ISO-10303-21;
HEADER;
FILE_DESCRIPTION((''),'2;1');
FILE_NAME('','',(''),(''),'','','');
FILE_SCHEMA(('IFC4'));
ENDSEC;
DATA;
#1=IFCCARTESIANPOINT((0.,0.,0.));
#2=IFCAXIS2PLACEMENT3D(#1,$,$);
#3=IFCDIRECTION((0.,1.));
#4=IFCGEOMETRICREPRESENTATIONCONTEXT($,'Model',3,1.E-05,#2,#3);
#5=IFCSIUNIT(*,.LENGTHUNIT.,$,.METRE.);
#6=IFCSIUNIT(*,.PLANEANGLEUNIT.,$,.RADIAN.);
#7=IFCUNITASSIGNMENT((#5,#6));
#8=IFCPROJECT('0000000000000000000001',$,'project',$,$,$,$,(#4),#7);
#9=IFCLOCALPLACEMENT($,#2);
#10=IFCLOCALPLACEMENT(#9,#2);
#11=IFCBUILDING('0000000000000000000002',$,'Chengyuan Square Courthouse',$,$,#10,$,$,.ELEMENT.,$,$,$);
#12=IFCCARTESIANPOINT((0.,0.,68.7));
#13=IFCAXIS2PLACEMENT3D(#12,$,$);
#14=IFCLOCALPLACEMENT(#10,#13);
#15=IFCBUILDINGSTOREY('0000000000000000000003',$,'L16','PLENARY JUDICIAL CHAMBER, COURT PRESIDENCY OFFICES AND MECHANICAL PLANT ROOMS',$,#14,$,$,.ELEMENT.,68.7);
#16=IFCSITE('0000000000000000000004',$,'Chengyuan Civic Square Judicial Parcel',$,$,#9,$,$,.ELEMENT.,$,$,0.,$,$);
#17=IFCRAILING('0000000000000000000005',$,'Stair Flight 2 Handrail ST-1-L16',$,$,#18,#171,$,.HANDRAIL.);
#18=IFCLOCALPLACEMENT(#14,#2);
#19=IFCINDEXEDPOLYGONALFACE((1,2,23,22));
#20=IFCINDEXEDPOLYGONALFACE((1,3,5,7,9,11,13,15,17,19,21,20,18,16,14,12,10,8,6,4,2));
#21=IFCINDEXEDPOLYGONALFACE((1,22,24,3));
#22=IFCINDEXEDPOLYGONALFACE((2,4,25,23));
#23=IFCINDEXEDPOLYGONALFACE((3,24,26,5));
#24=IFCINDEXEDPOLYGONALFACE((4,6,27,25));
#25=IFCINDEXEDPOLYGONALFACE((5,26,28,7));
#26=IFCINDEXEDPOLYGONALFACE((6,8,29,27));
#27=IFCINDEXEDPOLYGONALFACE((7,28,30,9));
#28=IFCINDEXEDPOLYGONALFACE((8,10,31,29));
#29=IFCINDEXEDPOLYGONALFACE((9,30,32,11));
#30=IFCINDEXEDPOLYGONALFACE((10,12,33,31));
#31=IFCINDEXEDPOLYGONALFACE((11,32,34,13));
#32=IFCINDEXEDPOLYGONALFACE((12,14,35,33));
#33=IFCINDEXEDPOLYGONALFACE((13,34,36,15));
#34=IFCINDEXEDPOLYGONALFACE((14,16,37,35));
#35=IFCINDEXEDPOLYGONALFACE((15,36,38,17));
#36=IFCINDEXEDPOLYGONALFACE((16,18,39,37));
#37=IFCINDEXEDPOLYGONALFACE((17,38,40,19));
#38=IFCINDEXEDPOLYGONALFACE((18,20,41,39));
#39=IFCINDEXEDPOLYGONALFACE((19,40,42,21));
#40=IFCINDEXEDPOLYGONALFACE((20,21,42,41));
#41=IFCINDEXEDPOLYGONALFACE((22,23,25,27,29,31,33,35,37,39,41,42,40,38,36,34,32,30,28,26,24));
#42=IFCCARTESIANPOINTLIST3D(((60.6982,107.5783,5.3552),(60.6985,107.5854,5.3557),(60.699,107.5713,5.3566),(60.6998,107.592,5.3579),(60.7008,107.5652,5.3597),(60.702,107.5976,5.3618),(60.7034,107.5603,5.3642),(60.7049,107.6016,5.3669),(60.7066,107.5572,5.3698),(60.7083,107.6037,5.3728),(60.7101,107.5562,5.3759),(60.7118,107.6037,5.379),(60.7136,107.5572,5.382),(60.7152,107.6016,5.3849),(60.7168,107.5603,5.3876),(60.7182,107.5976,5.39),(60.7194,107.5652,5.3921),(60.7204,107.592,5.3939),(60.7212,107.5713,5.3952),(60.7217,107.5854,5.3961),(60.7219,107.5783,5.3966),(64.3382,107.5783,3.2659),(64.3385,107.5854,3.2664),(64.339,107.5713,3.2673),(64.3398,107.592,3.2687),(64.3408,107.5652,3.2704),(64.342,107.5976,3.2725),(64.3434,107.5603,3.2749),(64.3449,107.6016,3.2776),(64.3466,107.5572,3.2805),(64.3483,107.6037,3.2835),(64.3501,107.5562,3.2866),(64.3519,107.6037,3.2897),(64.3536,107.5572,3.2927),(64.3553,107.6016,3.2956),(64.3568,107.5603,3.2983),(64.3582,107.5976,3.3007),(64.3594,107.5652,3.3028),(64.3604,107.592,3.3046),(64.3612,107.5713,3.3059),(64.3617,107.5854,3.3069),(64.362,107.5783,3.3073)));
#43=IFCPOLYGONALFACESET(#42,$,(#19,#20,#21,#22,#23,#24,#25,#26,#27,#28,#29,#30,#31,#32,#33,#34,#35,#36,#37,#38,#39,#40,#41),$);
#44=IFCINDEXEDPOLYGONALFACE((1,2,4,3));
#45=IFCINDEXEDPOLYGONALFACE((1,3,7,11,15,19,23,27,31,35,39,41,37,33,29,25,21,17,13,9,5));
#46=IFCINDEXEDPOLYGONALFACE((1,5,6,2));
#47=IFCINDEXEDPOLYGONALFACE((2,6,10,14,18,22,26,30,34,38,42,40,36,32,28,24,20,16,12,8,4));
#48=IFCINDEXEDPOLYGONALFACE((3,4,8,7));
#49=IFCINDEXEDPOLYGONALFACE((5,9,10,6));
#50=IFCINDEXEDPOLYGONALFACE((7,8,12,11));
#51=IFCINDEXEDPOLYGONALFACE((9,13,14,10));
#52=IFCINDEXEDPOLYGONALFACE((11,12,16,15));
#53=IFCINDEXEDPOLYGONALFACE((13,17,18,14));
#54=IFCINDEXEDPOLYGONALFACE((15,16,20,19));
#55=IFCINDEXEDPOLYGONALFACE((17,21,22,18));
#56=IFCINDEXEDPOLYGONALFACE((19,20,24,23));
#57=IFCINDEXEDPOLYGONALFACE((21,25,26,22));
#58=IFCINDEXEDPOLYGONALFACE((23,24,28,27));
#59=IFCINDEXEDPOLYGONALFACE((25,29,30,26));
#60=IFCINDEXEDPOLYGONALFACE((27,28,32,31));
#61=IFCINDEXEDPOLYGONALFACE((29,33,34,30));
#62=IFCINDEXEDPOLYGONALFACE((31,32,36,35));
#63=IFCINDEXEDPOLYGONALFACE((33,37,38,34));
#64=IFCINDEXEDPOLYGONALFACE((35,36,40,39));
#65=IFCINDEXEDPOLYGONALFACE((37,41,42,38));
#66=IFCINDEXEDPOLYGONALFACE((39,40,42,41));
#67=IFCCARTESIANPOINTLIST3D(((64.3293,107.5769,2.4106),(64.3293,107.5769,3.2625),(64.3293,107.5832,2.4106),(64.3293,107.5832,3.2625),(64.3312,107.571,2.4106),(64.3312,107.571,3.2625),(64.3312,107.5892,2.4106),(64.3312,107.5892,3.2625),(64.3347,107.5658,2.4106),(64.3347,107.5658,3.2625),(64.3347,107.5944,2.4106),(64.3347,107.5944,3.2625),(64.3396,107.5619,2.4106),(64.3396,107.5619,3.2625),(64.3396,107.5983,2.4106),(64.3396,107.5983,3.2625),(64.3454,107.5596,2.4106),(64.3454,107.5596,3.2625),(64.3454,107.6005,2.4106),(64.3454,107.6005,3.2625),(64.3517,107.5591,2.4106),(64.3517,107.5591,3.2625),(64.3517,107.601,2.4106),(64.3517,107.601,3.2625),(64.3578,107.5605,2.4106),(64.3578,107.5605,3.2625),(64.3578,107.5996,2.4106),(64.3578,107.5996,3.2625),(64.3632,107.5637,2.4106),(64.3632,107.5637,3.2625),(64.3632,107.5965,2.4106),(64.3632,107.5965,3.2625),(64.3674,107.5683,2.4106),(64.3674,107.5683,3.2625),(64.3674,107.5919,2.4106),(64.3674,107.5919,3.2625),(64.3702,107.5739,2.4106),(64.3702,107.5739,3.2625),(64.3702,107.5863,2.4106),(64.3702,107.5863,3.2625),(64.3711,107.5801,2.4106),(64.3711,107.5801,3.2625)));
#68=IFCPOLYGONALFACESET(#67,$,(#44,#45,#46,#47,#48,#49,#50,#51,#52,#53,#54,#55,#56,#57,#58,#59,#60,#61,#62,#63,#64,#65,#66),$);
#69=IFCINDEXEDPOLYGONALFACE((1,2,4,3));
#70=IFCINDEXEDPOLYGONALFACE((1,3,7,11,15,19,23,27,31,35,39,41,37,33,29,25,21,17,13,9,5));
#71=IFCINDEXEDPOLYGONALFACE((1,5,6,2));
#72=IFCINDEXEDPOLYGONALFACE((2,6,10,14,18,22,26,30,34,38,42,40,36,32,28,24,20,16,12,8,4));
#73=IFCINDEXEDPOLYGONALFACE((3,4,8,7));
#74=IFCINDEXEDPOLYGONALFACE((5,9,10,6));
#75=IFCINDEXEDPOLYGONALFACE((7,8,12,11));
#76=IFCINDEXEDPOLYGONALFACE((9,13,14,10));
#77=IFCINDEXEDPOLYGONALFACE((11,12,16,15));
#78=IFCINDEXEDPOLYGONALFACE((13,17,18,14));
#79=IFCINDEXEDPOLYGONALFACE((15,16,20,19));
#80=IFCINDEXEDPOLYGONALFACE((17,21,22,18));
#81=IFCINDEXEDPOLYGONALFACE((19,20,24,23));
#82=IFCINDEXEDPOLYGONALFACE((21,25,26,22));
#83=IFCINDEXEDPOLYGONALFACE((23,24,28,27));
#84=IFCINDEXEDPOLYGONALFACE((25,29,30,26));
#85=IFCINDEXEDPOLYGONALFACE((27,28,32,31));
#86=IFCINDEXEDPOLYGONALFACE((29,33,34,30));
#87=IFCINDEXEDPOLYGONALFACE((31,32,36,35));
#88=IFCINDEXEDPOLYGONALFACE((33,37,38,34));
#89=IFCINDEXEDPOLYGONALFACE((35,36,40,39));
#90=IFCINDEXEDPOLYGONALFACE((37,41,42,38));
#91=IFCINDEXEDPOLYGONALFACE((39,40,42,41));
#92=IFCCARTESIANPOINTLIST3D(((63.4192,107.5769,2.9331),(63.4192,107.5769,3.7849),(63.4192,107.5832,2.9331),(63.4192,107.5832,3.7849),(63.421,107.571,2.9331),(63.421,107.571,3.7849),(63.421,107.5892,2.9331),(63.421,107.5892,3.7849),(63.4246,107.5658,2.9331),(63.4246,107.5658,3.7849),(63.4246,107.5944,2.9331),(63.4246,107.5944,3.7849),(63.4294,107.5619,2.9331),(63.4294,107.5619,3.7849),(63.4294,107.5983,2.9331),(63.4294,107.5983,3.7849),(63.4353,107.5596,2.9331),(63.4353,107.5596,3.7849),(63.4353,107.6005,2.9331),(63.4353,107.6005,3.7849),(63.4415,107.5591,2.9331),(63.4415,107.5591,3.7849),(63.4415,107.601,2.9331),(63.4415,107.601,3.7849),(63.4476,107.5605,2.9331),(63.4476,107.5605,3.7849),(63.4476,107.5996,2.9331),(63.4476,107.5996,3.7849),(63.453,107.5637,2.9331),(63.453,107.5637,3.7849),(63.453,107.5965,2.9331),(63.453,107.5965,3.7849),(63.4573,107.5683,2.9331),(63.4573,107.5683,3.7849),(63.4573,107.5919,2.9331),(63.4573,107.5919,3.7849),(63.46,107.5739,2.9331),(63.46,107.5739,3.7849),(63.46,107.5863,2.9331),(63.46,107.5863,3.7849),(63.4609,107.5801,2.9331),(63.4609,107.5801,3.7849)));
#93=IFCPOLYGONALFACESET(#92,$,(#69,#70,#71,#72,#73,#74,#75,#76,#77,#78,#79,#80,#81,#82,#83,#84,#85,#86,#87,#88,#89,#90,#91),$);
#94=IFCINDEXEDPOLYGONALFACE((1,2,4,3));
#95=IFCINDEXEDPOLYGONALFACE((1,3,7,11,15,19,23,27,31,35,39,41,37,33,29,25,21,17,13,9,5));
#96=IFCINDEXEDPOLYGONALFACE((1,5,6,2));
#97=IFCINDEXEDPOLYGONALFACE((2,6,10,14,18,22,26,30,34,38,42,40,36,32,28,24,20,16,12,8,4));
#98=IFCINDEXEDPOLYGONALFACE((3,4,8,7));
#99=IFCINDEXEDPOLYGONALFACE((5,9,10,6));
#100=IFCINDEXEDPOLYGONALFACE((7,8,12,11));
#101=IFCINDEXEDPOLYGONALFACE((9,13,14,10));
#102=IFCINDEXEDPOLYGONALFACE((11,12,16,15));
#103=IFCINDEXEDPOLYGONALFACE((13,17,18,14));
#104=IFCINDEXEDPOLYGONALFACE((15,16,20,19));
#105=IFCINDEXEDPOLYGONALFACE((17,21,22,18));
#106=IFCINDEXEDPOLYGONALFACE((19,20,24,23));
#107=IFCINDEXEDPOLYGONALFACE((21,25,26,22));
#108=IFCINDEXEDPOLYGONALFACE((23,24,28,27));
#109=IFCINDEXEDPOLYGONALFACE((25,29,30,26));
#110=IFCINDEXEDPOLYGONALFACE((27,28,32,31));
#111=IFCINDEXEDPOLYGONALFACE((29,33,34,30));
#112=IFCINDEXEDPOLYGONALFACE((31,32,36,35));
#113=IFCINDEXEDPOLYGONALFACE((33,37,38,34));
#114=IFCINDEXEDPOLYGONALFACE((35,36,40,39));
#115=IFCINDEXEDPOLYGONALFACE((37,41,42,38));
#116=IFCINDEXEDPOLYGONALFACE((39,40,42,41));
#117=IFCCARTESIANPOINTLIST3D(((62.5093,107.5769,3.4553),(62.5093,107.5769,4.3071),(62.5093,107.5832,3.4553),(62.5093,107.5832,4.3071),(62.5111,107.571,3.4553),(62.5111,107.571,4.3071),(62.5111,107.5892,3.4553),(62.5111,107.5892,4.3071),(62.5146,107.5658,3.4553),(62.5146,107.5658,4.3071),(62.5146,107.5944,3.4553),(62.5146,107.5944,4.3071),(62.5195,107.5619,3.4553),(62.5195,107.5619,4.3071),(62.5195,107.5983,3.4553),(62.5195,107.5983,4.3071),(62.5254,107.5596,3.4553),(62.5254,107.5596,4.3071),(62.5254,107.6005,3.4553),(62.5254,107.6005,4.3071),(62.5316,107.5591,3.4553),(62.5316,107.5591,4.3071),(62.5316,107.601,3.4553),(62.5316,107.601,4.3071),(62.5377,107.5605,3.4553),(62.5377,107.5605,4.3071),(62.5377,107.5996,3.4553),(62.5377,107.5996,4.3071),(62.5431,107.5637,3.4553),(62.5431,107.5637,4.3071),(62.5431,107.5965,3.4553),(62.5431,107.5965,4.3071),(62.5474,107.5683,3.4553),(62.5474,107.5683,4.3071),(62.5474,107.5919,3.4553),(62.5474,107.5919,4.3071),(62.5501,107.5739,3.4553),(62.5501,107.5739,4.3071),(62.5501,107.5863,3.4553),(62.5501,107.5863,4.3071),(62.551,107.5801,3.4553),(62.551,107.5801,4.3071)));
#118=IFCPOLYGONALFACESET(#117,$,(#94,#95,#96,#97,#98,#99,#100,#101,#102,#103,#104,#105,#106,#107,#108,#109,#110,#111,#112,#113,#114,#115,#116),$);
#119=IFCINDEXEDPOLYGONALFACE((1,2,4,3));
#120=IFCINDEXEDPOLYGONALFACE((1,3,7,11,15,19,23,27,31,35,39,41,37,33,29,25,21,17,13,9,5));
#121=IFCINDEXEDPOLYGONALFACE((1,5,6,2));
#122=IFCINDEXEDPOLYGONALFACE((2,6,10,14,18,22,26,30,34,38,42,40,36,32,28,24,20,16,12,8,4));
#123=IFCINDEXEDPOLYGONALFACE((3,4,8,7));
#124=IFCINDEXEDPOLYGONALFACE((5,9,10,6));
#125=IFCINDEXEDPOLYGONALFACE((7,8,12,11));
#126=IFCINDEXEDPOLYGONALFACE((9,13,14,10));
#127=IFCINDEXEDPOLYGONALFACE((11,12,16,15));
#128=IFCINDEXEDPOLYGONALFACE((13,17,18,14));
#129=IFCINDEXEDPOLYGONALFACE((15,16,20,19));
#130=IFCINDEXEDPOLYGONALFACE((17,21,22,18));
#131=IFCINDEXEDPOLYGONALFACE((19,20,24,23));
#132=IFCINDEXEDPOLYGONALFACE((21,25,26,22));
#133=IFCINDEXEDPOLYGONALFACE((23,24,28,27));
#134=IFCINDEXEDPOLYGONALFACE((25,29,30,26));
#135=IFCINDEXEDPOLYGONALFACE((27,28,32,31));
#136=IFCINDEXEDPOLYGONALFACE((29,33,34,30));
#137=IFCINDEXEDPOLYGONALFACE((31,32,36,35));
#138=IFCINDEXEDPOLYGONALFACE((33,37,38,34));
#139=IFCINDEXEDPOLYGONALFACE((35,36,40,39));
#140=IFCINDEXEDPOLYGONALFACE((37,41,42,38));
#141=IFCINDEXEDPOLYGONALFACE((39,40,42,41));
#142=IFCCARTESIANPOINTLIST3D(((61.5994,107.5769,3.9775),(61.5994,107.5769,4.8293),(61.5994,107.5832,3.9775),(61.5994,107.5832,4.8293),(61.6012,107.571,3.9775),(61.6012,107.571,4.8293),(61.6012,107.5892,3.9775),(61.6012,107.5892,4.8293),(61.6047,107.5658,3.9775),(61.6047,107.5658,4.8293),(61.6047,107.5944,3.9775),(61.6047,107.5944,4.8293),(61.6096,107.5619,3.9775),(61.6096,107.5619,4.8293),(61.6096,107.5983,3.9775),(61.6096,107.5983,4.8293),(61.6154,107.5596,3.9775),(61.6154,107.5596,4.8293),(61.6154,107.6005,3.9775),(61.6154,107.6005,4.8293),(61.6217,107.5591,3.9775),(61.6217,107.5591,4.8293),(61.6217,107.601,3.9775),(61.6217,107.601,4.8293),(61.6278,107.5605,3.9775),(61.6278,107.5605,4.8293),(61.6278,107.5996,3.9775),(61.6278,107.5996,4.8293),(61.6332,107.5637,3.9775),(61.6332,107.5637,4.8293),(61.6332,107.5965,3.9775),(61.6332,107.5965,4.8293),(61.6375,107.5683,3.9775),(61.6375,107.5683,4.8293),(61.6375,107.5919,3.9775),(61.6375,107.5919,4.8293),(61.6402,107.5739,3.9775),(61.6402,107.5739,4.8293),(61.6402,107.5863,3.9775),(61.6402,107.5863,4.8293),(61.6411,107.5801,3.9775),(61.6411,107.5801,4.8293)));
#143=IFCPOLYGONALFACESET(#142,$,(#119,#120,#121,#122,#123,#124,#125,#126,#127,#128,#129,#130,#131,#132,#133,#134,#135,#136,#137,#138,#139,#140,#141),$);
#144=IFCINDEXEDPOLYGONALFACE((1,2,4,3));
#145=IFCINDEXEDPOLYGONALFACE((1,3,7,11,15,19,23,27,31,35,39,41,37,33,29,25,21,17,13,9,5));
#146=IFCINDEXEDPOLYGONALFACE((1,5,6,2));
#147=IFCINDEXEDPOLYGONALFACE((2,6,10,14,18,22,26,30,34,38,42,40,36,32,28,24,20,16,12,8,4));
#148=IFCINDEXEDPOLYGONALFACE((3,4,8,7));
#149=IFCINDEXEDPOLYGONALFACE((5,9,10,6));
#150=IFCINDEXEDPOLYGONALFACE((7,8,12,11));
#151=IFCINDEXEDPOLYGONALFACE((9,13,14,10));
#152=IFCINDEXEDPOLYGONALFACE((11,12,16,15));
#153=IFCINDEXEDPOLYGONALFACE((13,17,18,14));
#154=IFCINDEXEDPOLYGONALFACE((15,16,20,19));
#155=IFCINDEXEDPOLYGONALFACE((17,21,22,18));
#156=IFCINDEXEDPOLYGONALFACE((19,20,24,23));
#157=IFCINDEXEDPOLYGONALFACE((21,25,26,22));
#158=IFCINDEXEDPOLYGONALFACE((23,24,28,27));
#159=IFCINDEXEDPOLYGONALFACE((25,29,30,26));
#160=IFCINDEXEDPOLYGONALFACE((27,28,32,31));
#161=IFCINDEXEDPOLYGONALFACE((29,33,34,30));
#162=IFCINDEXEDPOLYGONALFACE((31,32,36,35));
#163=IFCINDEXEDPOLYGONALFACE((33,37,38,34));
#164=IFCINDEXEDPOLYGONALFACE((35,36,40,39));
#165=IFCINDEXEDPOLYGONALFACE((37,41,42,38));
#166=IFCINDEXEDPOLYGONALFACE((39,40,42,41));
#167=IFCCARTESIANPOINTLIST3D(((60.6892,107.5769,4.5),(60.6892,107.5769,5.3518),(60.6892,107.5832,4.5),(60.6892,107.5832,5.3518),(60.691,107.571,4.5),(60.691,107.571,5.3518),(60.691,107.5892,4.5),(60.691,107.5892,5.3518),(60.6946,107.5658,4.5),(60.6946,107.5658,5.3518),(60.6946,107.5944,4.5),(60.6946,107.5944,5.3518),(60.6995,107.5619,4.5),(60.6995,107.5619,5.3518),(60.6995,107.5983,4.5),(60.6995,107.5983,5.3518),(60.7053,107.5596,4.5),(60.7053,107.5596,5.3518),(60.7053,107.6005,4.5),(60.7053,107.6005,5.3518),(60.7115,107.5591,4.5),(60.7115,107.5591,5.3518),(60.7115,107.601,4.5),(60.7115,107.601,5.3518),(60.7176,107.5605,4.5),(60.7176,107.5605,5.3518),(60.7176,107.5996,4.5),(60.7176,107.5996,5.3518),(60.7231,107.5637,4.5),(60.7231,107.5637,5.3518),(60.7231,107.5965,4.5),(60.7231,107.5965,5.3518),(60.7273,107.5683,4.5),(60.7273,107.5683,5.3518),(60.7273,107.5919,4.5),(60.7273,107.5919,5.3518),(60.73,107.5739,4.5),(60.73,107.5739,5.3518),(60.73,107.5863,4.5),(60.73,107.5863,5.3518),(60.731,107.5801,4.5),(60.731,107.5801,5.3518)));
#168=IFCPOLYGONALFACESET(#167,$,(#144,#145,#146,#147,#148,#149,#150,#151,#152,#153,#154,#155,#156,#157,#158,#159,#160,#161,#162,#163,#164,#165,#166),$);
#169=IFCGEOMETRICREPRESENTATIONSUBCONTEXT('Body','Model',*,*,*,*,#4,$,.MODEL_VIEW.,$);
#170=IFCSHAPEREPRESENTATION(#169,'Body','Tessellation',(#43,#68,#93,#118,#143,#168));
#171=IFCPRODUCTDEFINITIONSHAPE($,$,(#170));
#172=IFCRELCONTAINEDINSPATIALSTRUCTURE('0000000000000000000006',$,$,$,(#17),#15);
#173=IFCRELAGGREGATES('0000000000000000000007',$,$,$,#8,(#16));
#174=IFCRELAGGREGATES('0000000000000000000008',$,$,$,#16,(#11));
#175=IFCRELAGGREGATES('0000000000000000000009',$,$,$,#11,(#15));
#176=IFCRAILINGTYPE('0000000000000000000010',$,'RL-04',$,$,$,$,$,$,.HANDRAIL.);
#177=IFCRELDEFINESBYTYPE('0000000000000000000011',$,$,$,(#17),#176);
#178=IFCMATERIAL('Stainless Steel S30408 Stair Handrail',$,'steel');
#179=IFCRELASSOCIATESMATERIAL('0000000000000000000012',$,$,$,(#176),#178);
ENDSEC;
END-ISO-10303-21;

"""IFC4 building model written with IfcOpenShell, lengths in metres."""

from ifc_helpers import new_model, si_unit, direction, frame, origin, origin_2d, place, context, subcontext, project, spatial, circle, extrude, material, type_object, element, save


model = new_model("IFC4")

# Units and contexts
model_context = context("Model", 3, precision=1e-05, world=origin(), true_north=direction((0.0, 1.0)))
body_context = subcontext(model_context, "Body", "Model", "MODEL_VIEW")
ifc_project = project(units=[si_unit("LENGTHUNIT", "METRE"), si_unit("PLANEANGLEUNIT", "RADIAN")], contexts=[model_context])

# Site, building, storey
site_placement = place(None, origin())
site = spatial("IfcSite", under=ifc_project, at=site_placement, Name="Chengyuan Civic Square Judicial Parcel", CompositionType="ELEMENT", RefElevation=0.0)
building_placement = place(site_placement, origin())
building = spatial("IfcBuilding", under=site, at=building_placement, Name="Chengyuan Square Courthouse", CompositionType="ELEMENT")
storey_placement = place(building_placement, frame((0.0, 0.0, 68.7)))
storey = spatial("IfcBuildingStorey", under=building, at=storey_placement, Name="L16", Description="PLENARY JUDICIAL CHAMBER, COURT PRESIDENCY OFFICES AND MECHANICAL PLANT ROOMS", CompositionType="ELEMENT", Elevation=68.7)

# Railing
ifc_material_1 = material(Name="Stainless Steel S30408 Stair Handrail", Category="steel")
railing_type_1 = type_object("IfcRailingType", Name="RL-04", PredefinedType="HANDRAIL", material=ifc_material_1)
railing_1_placement = place(storey_placement, frame((64.3501, 107.5801, 2.4106)))
element("IfcRailing", 1, at=railing_1_placement, inside=storey, type_object=railing_type_1, Name="Stair Flight 2 Handrail ST-1-L16", PredefinedType="HANDRAIL", context=body_context, shape_type="SweptSolid", body=[
    extrude(circle(Radius=0.0239, at=origin_2d()), frame((0.0, 0.0, 0.876), z_axis=(-0.867289, 0.0, 0.497804), x_axis=(0.0, -1.0, 0.0)), (0.0, 0.0, 1.0), 4.197),
    extrude(circle(Radius=0.021, at=origin_2d()), origin(), (0.0, 0.0, 1.0), 0.8518),
    extrude(circle(Radius=0.021, at=origin_2d()), frame((-0.9102, 0.0, 0.5225)), (0.0, 0.0, 1.0), 0.8518),
    extrude(circle(Radius=0.021, at=origin_2d()), frame((-1.8201, 0.0, 1.0447)), (0.0, 0.0, 1.0), 0.8518),
    extrude(circle(Radius=0.021, at=origin_2d()), frame((-2.73, 0.0, 1.5669)), (0.0, 0.0, 1.0), 0.8518),
    extrude(circle(Radius=0.021, at=origin_2d()), frame((-3.6401, 0.0, 2.0894)), (0.0, 0.0, 1.0), 0.8518),
])

save(model, "model.ifc")
